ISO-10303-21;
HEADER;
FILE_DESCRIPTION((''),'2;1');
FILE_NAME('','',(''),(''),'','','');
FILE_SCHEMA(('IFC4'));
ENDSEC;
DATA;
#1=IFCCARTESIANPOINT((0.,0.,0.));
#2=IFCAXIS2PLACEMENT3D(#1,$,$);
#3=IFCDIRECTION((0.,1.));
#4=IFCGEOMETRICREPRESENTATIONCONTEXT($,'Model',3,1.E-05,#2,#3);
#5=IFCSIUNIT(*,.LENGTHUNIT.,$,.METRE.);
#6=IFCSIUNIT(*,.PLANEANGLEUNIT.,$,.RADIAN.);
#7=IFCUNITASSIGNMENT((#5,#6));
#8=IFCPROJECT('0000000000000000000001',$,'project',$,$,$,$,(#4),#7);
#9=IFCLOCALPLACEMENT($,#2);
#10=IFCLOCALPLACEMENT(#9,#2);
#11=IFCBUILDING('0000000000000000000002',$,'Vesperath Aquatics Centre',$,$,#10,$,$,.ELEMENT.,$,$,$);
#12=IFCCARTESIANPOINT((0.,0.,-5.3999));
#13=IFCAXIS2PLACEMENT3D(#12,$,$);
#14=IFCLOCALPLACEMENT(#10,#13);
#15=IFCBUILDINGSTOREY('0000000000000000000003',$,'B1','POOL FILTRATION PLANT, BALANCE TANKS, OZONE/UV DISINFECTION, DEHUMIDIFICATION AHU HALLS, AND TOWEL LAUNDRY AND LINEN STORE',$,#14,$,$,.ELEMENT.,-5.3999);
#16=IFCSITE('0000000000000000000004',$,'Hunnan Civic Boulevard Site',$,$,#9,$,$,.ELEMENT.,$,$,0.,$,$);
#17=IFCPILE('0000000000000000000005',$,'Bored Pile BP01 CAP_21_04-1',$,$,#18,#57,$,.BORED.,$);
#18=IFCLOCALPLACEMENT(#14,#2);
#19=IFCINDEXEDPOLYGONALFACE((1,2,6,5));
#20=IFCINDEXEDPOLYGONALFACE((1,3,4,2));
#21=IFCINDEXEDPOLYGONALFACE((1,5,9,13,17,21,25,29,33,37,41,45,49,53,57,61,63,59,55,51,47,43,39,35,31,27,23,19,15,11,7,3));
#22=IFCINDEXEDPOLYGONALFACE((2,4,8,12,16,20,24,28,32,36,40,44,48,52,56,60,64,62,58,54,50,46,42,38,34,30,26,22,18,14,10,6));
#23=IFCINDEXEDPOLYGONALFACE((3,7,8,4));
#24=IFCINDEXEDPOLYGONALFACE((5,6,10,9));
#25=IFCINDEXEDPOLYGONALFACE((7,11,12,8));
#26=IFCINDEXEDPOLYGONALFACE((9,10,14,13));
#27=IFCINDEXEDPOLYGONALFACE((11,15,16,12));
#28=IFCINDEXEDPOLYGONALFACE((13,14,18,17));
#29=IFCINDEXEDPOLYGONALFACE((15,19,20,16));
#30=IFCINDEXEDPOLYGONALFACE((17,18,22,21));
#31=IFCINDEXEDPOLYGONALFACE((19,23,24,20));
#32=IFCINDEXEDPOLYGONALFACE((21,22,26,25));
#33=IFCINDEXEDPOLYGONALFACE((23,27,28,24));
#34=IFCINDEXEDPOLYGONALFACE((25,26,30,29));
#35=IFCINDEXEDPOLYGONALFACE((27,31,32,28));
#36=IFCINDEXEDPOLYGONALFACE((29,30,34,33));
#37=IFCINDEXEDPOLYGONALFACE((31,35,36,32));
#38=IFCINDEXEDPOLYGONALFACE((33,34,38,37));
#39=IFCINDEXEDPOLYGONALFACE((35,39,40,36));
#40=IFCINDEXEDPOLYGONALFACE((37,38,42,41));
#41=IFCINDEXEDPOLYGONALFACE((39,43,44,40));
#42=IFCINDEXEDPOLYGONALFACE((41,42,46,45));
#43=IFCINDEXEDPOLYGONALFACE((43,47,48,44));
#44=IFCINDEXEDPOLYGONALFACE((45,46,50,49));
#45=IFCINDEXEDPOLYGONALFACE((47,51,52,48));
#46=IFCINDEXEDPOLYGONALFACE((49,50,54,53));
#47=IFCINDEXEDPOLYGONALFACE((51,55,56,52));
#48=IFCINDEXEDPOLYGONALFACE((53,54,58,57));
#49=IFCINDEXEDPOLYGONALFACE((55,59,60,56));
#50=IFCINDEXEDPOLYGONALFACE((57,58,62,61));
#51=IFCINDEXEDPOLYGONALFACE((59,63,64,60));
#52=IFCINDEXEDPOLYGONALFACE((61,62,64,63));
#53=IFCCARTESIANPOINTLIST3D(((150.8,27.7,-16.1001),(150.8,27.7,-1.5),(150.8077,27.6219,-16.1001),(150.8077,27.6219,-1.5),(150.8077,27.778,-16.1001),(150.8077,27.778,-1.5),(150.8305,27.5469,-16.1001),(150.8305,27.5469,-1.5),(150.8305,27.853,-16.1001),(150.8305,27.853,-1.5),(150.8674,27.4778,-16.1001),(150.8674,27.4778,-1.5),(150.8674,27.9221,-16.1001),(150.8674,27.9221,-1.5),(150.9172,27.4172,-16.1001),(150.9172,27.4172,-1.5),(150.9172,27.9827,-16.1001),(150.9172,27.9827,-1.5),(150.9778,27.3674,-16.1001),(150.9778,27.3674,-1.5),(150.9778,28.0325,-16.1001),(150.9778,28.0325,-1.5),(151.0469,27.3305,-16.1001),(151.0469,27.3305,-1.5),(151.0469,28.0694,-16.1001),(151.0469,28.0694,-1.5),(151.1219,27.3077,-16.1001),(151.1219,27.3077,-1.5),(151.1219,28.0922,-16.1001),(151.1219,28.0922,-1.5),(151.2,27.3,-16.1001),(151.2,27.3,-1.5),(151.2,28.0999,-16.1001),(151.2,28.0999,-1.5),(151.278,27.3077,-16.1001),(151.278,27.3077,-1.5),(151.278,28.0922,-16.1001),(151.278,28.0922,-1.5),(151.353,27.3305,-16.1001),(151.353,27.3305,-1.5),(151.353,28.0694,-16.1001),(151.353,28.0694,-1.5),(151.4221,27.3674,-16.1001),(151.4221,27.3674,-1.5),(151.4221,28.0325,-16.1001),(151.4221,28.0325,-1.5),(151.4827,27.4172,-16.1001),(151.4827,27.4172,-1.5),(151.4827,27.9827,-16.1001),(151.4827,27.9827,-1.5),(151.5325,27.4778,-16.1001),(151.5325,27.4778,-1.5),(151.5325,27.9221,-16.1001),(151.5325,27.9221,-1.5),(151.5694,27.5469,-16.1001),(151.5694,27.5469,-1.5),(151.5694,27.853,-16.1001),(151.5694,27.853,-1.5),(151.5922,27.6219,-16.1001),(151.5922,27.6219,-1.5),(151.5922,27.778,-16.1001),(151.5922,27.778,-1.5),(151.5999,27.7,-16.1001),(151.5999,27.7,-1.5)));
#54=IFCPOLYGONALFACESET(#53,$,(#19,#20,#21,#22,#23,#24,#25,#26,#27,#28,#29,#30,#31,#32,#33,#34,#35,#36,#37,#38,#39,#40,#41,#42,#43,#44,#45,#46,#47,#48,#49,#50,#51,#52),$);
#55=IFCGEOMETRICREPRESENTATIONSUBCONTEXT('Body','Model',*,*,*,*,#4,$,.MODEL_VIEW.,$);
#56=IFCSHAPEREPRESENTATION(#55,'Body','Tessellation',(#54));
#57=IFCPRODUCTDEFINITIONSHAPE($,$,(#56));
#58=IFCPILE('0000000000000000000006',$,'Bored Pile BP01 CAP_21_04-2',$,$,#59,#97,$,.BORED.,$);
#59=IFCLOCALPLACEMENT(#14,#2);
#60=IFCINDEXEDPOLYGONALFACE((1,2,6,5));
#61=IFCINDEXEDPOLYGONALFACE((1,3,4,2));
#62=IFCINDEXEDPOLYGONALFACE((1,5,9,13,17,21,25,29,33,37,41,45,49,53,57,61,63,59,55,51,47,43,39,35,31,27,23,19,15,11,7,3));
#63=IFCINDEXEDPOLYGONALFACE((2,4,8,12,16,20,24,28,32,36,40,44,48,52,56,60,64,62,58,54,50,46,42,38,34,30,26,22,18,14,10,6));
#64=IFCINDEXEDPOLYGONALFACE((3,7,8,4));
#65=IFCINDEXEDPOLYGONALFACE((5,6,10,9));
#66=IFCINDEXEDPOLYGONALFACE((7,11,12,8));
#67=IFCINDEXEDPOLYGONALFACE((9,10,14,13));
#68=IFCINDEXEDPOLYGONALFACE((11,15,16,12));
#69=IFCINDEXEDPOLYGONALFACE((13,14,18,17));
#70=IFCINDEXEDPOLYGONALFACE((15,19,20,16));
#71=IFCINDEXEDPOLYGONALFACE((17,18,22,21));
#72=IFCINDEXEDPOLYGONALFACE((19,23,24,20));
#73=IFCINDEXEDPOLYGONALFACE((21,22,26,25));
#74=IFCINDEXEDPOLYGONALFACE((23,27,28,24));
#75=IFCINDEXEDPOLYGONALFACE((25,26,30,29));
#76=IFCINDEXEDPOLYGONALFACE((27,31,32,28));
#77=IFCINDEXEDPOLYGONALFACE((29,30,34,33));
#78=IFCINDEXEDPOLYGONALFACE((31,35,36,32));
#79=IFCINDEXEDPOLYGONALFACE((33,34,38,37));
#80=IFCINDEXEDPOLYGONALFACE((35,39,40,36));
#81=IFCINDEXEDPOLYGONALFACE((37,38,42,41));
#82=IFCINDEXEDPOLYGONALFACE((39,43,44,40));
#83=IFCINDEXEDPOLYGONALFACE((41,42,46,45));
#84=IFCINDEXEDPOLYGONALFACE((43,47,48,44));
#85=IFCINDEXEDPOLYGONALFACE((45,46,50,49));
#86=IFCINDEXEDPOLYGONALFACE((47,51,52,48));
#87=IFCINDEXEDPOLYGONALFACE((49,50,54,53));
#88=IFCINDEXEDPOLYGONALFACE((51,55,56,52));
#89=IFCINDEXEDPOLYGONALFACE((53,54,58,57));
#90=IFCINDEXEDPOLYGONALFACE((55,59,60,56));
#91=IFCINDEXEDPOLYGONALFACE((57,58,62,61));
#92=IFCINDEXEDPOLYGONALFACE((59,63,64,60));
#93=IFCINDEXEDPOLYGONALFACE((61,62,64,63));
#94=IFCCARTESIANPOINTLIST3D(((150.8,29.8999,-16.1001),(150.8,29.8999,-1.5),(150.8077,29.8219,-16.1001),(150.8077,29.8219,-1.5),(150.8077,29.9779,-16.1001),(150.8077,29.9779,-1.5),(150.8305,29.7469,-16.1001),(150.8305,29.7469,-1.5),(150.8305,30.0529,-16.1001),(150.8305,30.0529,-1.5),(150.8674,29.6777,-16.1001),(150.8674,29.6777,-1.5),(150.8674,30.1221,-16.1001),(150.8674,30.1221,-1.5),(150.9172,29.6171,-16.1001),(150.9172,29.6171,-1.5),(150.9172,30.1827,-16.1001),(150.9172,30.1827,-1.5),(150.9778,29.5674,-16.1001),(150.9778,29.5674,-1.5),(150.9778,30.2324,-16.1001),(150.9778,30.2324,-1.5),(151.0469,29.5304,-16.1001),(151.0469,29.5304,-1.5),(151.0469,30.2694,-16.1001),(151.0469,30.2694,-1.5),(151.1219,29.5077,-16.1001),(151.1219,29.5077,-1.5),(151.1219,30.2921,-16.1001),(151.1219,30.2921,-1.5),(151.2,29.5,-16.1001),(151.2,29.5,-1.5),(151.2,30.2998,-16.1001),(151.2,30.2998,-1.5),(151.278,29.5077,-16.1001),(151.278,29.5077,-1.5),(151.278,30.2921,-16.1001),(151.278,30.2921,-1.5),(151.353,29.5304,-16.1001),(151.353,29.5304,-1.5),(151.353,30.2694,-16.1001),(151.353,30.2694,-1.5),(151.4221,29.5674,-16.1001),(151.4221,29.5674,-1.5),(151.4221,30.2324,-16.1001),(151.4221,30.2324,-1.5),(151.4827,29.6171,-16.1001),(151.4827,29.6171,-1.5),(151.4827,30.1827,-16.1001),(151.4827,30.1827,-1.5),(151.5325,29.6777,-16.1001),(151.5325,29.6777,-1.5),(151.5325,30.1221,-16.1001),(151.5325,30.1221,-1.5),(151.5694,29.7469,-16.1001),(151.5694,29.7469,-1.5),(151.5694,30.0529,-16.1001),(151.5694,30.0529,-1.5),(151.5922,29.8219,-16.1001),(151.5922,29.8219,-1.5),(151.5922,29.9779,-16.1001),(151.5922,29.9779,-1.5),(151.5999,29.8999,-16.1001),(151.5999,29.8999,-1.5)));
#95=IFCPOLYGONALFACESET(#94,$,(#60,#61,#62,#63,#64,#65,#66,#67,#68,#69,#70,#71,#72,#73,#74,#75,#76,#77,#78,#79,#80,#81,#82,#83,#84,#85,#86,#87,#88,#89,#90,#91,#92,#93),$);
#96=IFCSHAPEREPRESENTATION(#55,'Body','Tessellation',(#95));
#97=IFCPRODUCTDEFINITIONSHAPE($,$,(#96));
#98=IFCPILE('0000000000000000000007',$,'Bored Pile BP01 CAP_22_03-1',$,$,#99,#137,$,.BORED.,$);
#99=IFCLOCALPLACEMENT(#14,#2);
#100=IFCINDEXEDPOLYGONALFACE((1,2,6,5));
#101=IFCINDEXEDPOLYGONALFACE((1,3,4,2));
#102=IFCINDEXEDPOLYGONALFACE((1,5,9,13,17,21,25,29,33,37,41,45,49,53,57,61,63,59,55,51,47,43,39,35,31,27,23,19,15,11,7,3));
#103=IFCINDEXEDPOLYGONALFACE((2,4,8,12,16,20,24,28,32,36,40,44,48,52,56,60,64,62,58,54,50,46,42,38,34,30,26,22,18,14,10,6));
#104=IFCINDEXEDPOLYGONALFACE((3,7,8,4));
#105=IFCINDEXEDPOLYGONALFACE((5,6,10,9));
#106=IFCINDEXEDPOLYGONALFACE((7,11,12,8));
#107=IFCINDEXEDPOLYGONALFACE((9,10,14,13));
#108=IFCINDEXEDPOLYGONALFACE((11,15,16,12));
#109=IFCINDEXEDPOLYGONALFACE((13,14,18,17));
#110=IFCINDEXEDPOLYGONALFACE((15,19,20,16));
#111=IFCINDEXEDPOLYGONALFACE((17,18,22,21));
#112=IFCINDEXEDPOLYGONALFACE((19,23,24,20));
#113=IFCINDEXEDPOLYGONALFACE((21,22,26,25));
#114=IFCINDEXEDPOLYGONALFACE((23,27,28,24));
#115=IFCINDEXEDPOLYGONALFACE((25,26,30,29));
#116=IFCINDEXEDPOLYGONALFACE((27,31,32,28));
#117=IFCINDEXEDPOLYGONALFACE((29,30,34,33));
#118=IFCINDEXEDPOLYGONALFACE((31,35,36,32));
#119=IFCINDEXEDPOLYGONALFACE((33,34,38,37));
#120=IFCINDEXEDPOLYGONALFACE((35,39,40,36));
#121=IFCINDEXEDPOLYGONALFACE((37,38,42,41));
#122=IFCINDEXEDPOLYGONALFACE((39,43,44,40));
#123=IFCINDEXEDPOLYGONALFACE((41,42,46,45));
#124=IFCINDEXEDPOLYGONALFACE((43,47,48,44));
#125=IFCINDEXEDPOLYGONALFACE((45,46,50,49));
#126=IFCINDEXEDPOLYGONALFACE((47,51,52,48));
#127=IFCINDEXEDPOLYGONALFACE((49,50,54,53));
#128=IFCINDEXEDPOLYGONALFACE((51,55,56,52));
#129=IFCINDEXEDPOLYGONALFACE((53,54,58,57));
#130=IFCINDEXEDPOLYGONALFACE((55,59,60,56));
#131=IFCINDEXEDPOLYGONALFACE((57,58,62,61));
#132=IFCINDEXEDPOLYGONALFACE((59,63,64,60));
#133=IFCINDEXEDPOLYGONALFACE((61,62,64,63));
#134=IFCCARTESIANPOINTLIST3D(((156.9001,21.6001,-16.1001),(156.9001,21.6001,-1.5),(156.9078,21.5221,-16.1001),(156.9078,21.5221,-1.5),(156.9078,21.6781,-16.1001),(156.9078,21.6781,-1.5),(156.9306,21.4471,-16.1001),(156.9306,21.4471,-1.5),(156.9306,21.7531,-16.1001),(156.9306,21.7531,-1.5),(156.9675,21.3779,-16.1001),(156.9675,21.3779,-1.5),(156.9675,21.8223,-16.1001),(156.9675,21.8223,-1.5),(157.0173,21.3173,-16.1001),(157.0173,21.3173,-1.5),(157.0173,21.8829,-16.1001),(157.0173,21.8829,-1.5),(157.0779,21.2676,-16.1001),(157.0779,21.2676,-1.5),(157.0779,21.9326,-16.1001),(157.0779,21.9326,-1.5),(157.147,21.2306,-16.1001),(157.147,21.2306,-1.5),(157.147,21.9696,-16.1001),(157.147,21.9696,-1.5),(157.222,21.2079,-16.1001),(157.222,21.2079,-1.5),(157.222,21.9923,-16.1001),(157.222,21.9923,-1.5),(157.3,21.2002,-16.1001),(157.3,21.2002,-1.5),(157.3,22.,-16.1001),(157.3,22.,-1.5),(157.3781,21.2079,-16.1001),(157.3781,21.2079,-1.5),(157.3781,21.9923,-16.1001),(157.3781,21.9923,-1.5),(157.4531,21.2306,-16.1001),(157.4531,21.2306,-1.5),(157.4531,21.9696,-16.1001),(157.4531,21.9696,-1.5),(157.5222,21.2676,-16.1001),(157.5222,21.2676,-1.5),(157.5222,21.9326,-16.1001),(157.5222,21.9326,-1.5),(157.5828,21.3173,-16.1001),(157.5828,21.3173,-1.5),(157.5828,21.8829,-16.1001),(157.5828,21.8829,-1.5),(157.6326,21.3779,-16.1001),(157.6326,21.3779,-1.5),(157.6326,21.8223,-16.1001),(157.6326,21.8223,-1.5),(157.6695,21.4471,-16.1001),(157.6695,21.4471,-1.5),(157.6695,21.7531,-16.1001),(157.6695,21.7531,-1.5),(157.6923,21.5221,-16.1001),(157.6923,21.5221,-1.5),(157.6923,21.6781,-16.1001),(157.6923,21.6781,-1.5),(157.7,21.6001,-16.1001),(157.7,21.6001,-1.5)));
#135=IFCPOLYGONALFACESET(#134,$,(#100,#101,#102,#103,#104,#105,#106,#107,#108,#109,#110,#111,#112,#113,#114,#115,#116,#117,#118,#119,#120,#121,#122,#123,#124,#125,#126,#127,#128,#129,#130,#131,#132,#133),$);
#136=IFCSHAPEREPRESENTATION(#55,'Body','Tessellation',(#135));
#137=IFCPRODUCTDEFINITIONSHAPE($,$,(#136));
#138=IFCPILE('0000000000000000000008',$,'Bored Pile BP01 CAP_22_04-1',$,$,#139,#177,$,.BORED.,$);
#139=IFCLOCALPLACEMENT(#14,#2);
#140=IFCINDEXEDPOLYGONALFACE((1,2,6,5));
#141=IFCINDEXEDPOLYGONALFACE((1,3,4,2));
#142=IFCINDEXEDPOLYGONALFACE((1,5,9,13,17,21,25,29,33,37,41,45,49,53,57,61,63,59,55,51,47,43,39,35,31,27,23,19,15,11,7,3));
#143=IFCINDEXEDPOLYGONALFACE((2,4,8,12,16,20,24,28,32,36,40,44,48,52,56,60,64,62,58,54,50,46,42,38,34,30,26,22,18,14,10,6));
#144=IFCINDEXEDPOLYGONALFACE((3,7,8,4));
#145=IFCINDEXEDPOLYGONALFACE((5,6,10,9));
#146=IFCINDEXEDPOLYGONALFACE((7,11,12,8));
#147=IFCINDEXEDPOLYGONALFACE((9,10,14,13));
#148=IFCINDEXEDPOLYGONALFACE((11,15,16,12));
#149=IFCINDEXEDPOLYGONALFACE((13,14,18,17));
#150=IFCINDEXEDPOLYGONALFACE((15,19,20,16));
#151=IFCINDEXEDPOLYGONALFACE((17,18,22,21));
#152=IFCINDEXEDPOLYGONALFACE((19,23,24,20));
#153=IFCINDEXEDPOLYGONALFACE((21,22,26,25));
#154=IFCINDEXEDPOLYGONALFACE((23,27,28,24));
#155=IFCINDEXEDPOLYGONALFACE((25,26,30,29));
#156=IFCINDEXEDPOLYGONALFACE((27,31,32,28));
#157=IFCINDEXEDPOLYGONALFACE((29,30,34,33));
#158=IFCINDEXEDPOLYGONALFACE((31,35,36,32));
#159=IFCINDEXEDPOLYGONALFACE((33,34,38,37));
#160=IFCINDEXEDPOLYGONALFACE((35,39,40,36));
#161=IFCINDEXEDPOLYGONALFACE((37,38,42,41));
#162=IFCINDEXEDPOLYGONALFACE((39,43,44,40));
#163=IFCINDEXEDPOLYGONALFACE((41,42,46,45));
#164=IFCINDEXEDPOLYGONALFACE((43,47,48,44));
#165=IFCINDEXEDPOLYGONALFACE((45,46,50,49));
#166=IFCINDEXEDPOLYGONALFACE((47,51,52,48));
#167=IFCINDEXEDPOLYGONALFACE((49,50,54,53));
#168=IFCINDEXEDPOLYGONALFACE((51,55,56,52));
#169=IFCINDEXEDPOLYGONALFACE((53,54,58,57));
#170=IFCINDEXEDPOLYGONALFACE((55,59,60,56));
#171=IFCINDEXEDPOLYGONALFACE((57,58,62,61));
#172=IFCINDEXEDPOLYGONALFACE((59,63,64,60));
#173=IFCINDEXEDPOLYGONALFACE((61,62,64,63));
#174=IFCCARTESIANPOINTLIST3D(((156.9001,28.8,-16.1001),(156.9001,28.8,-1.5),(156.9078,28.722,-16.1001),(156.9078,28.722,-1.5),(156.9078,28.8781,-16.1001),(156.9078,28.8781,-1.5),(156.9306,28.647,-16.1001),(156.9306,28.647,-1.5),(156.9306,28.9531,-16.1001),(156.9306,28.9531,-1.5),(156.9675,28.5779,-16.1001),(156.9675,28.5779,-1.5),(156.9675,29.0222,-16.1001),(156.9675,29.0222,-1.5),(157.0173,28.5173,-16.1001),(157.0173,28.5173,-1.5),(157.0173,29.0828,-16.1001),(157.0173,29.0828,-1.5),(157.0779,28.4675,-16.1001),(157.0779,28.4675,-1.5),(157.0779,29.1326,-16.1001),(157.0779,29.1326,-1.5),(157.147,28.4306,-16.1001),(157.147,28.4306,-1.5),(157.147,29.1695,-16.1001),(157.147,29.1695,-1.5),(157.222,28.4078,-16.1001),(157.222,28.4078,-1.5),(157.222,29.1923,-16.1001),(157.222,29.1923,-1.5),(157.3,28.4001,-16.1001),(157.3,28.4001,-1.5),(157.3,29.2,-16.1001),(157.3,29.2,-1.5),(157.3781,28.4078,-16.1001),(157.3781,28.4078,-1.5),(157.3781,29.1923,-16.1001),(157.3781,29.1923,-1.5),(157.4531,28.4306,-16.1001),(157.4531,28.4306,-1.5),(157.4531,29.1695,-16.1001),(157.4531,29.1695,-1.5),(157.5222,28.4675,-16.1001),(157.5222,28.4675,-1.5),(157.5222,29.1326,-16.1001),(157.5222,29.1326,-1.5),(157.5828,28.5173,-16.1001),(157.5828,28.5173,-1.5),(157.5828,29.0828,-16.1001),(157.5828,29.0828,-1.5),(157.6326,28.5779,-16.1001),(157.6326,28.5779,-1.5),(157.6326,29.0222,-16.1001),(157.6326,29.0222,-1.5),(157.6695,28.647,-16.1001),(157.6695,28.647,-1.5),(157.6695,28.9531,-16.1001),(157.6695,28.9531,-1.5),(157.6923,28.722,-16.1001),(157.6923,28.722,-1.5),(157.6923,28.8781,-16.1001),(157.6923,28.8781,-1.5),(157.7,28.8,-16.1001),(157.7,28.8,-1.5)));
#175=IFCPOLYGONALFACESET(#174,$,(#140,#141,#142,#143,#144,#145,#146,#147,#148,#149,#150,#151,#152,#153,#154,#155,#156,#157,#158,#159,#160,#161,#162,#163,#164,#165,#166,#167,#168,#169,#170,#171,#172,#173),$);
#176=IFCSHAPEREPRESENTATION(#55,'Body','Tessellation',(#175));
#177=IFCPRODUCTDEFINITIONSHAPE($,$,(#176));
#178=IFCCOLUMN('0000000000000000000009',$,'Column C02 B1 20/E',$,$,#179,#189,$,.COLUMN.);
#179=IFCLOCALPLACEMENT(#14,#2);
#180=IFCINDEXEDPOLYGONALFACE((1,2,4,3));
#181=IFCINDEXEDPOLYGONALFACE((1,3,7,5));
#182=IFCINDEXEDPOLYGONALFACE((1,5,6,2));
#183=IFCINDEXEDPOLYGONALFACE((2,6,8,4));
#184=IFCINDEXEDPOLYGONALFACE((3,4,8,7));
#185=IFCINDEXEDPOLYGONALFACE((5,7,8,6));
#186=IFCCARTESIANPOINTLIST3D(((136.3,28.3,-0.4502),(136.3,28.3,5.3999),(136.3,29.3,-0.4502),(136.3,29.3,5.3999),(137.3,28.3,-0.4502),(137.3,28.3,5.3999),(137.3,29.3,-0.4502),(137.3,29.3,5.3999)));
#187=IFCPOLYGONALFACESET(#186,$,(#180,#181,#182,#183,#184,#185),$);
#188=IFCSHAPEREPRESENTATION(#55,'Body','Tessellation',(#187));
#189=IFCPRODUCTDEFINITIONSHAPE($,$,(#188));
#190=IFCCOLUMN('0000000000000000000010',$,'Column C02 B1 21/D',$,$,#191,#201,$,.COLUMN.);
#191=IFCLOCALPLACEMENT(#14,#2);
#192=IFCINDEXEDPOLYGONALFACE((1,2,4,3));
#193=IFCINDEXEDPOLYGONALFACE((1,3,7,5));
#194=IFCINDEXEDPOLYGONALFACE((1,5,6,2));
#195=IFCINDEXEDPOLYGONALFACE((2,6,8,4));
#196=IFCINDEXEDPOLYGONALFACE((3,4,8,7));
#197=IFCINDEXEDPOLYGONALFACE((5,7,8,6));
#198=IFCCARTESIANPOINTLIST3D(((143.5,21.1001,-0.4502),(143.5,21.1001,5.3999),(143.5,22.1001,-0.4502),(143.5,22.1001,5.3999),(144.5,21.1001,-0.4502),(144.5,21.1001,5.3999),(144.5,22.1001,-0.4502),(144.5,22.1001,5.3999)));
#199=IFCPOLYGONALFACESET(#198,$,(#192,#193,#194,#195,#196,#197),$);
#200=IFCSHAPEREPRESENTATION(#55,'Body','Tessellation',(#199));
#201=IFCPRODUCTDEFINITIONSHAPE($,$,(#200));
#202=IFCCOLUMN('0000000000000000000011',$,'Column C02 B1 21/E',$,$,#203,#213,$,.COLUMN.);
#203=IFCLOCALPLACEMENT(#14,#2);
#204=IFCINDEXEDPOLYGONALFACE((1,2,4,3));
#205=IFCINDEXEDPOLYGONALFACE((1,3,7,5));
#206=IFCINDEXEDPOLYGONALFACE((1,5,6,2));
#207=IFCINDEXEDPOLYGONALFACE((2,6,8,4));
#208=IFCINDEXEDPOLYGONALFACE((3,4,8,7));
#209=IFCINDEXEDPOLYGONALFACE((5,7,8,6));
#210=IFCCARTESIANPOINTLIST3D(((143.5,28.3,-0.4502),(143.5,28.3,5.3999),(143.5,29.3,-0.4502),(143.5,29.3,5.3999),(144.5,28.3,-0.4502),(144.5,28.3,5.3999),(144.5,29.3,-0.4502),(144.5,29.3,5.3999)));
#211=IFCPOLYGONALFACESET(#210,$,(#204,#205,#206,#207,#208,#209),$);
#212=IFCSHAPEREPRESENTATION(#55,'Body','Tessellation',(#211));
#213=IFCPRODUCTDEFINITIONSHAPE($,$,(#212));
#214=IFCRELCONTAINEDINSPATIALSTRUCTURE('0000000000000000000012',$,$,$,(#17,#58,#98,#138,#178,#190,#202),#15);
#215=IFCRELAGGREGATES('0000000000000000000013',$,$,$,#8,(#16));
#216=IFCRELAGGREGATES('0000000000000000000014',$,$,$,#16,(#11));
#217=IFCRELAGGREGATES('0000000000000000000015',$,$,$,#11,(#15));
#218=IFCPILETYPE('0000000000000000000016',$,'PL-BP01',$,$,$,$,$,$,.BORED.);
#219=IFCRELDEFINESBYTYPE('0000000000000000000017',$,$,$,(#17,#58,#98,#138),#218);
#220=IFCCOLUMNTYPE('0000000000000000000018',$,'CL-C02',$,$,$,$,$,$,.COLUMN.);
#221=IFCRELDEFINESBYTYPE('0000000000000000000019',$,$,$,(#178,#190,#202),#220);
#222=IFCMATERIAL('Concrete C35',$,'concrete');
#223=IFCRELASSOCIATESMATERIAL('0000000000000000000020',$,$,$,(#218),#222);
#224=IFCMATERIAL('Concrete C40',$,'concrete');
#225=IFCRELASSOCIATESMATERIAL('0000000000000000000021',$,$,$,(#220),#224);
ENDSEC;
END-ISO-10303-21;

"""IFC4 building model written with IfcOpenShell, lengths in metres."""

from ifc_helpers import new_model, si_unit, direction, frame, origin, origin_2d, place, context, subcontext, project, spatial, rectangle, circle, extrude, material, material_profile, profile_set, type_object, element, save


model = new_model("IFC4")

# Units and contexts
model_context = context("Model", 3, precision=1e-05, world=origin(), true_north=direction((0.0, 1.0)))
body_context = subcontext(model_context, "Body", "Model", "MODEL_VIEW")
ifc_project = project(units=[si_unit("LENGTHUNIT", "METRE"), si_unit("PLANEANGLEUNIT", "RADIAN")], contexts=[model_context])

# Site, building, storey
site_placement = place(None, origin())
site = spatial("IfcSite", under=ifc_project, at=site_placement, Name="Hunnan Civic Boulevard Site", CompositionType="ELEMENT", RefElevation=0.0)
building_placement = place(site_placement, origin())
building = spatial("IfcBuilding", under=site, at=building_placement, Name="Vesperath Aquatics Centre", CompositionType="ELEMENT")
storey_placement = place(building_placement, frame((0.0, 0.0, -5.3999)))
storey = spatial("IfcBuildingStorey", under=building, at=storey_placement, Name="B1", Description="POOL FILTRATION PLANT, BALANCE TANKS, OZONE/UV DISINFECTION, DEHUMIDIFICATION AHU HALLS, AND TOWEL LAUNDRY AND LINEN STORE", CompositionType="ELEMENT", Elevation=-5.3999)

# Shared definitions
ifc_material_1 = material(Name="Concrete C40", Category="concrete")

# Piles
ifc_material_2 = material(Name="Concrete C35", Category="concrete")
ifc_material_profile_1 = material_profile(ifc_material_2, circle(Radius=0.3999, at=origin_2d()), Name="PILE D800")
ifc_profile_set_1 = profile_set([ifc_material_profile_1], Name="Concrete C35")
pile_type = type_object("IfcPileType", Name="PL-BP01", PredefinedType="BORED", material=ifc_profile_set_1)
for number, where, z_axis, x_axis, name in (
    (1, (151.2, 27.7, -1.5), (0.0, 0.0, -1.0), (1.0, 0.0, 0.0), "Bored Pile BP01 CAP_21_04-1"),
    (2, (151.2, 29.8999, -1.5), (0.0, 0.0, -1.0), (1.0, 0.0, 0.0), "Bored Pile BP01 CAP_21_04-2"),
    (3, (157.3, 21.6001, -1.5), (0.0, 0.0, -1.0), (1.0, 0.0, 0.0), "Bored Pile BP01 CAP_22_03-1"),
    (4, (157.3, 28.8, -1.5), (0.0, 0.0, -1.0), (1.0, 0.0, 0.0), "Bored Pile BP01 CAP_22_04-1"),
):
    element("IfcPile", number, at=place(storey_placement, frame(where, z_axis=z_axis, x_axis=x_axis)), inside=storey, type_object=pile_type, Name=name, PredefinedType="BORED", context=body_context, shape_type="SweptSolid", body=[
        extrude(circle(Radius=0.3999, at=origin_2d()), origin(), (0.0, 0.0, 1.0), 14.6001),
    ])

# Columns
ifc_material_profile_2 = material_profile(ifc_material_1, rectangle(XDim=1.0, YDim=1.0, at=origin_2d()), Name="RC 1000x1000")
ifc_profile_set_2 = profile_set([ifc_material_profile_2], Name="Concrete C40")
column_type = type_object("IfcColumnType", Name="CL-C02", PredefinedType="COLUMN", material=ifc_profile_set_2)
for number, where, z_axis, x_axis, name in (
    (5, (136.8, 28.8, -0.4502), (0.0, 0.0, 1.0), (1.0, 0.0, 0.0), "Column C02 B1 20/E"),
    (6, (144.0, 21.6001, -0.4502), (0.0, 0.0, 1.0), (1.0, 0.0, 0.0), "Column C02 B1 21/D"),
    (7, (144.0, 28.8, -0.4502), (0.0, 0.0, 1.0), (1.0, 0.0, 0.0), "Column C02 B1 21/E"),
):
    element("IfcColumn", number, at=place(storey_placement, frame(where, z_axis=z_axis, x_axis=x_axis)), inside=storey, type_object=column_type, Name=name, PredefinedType="COLUMN", context=body_context, shape_type="SweptSolid", body=[
        extrude(rectangle(XDim=1.0, YDim=1.0, at=origin_2d()), origin(), (0.0, 0.0, 1.0), 5.8501),
    ])

save(model, "model.ifc")
